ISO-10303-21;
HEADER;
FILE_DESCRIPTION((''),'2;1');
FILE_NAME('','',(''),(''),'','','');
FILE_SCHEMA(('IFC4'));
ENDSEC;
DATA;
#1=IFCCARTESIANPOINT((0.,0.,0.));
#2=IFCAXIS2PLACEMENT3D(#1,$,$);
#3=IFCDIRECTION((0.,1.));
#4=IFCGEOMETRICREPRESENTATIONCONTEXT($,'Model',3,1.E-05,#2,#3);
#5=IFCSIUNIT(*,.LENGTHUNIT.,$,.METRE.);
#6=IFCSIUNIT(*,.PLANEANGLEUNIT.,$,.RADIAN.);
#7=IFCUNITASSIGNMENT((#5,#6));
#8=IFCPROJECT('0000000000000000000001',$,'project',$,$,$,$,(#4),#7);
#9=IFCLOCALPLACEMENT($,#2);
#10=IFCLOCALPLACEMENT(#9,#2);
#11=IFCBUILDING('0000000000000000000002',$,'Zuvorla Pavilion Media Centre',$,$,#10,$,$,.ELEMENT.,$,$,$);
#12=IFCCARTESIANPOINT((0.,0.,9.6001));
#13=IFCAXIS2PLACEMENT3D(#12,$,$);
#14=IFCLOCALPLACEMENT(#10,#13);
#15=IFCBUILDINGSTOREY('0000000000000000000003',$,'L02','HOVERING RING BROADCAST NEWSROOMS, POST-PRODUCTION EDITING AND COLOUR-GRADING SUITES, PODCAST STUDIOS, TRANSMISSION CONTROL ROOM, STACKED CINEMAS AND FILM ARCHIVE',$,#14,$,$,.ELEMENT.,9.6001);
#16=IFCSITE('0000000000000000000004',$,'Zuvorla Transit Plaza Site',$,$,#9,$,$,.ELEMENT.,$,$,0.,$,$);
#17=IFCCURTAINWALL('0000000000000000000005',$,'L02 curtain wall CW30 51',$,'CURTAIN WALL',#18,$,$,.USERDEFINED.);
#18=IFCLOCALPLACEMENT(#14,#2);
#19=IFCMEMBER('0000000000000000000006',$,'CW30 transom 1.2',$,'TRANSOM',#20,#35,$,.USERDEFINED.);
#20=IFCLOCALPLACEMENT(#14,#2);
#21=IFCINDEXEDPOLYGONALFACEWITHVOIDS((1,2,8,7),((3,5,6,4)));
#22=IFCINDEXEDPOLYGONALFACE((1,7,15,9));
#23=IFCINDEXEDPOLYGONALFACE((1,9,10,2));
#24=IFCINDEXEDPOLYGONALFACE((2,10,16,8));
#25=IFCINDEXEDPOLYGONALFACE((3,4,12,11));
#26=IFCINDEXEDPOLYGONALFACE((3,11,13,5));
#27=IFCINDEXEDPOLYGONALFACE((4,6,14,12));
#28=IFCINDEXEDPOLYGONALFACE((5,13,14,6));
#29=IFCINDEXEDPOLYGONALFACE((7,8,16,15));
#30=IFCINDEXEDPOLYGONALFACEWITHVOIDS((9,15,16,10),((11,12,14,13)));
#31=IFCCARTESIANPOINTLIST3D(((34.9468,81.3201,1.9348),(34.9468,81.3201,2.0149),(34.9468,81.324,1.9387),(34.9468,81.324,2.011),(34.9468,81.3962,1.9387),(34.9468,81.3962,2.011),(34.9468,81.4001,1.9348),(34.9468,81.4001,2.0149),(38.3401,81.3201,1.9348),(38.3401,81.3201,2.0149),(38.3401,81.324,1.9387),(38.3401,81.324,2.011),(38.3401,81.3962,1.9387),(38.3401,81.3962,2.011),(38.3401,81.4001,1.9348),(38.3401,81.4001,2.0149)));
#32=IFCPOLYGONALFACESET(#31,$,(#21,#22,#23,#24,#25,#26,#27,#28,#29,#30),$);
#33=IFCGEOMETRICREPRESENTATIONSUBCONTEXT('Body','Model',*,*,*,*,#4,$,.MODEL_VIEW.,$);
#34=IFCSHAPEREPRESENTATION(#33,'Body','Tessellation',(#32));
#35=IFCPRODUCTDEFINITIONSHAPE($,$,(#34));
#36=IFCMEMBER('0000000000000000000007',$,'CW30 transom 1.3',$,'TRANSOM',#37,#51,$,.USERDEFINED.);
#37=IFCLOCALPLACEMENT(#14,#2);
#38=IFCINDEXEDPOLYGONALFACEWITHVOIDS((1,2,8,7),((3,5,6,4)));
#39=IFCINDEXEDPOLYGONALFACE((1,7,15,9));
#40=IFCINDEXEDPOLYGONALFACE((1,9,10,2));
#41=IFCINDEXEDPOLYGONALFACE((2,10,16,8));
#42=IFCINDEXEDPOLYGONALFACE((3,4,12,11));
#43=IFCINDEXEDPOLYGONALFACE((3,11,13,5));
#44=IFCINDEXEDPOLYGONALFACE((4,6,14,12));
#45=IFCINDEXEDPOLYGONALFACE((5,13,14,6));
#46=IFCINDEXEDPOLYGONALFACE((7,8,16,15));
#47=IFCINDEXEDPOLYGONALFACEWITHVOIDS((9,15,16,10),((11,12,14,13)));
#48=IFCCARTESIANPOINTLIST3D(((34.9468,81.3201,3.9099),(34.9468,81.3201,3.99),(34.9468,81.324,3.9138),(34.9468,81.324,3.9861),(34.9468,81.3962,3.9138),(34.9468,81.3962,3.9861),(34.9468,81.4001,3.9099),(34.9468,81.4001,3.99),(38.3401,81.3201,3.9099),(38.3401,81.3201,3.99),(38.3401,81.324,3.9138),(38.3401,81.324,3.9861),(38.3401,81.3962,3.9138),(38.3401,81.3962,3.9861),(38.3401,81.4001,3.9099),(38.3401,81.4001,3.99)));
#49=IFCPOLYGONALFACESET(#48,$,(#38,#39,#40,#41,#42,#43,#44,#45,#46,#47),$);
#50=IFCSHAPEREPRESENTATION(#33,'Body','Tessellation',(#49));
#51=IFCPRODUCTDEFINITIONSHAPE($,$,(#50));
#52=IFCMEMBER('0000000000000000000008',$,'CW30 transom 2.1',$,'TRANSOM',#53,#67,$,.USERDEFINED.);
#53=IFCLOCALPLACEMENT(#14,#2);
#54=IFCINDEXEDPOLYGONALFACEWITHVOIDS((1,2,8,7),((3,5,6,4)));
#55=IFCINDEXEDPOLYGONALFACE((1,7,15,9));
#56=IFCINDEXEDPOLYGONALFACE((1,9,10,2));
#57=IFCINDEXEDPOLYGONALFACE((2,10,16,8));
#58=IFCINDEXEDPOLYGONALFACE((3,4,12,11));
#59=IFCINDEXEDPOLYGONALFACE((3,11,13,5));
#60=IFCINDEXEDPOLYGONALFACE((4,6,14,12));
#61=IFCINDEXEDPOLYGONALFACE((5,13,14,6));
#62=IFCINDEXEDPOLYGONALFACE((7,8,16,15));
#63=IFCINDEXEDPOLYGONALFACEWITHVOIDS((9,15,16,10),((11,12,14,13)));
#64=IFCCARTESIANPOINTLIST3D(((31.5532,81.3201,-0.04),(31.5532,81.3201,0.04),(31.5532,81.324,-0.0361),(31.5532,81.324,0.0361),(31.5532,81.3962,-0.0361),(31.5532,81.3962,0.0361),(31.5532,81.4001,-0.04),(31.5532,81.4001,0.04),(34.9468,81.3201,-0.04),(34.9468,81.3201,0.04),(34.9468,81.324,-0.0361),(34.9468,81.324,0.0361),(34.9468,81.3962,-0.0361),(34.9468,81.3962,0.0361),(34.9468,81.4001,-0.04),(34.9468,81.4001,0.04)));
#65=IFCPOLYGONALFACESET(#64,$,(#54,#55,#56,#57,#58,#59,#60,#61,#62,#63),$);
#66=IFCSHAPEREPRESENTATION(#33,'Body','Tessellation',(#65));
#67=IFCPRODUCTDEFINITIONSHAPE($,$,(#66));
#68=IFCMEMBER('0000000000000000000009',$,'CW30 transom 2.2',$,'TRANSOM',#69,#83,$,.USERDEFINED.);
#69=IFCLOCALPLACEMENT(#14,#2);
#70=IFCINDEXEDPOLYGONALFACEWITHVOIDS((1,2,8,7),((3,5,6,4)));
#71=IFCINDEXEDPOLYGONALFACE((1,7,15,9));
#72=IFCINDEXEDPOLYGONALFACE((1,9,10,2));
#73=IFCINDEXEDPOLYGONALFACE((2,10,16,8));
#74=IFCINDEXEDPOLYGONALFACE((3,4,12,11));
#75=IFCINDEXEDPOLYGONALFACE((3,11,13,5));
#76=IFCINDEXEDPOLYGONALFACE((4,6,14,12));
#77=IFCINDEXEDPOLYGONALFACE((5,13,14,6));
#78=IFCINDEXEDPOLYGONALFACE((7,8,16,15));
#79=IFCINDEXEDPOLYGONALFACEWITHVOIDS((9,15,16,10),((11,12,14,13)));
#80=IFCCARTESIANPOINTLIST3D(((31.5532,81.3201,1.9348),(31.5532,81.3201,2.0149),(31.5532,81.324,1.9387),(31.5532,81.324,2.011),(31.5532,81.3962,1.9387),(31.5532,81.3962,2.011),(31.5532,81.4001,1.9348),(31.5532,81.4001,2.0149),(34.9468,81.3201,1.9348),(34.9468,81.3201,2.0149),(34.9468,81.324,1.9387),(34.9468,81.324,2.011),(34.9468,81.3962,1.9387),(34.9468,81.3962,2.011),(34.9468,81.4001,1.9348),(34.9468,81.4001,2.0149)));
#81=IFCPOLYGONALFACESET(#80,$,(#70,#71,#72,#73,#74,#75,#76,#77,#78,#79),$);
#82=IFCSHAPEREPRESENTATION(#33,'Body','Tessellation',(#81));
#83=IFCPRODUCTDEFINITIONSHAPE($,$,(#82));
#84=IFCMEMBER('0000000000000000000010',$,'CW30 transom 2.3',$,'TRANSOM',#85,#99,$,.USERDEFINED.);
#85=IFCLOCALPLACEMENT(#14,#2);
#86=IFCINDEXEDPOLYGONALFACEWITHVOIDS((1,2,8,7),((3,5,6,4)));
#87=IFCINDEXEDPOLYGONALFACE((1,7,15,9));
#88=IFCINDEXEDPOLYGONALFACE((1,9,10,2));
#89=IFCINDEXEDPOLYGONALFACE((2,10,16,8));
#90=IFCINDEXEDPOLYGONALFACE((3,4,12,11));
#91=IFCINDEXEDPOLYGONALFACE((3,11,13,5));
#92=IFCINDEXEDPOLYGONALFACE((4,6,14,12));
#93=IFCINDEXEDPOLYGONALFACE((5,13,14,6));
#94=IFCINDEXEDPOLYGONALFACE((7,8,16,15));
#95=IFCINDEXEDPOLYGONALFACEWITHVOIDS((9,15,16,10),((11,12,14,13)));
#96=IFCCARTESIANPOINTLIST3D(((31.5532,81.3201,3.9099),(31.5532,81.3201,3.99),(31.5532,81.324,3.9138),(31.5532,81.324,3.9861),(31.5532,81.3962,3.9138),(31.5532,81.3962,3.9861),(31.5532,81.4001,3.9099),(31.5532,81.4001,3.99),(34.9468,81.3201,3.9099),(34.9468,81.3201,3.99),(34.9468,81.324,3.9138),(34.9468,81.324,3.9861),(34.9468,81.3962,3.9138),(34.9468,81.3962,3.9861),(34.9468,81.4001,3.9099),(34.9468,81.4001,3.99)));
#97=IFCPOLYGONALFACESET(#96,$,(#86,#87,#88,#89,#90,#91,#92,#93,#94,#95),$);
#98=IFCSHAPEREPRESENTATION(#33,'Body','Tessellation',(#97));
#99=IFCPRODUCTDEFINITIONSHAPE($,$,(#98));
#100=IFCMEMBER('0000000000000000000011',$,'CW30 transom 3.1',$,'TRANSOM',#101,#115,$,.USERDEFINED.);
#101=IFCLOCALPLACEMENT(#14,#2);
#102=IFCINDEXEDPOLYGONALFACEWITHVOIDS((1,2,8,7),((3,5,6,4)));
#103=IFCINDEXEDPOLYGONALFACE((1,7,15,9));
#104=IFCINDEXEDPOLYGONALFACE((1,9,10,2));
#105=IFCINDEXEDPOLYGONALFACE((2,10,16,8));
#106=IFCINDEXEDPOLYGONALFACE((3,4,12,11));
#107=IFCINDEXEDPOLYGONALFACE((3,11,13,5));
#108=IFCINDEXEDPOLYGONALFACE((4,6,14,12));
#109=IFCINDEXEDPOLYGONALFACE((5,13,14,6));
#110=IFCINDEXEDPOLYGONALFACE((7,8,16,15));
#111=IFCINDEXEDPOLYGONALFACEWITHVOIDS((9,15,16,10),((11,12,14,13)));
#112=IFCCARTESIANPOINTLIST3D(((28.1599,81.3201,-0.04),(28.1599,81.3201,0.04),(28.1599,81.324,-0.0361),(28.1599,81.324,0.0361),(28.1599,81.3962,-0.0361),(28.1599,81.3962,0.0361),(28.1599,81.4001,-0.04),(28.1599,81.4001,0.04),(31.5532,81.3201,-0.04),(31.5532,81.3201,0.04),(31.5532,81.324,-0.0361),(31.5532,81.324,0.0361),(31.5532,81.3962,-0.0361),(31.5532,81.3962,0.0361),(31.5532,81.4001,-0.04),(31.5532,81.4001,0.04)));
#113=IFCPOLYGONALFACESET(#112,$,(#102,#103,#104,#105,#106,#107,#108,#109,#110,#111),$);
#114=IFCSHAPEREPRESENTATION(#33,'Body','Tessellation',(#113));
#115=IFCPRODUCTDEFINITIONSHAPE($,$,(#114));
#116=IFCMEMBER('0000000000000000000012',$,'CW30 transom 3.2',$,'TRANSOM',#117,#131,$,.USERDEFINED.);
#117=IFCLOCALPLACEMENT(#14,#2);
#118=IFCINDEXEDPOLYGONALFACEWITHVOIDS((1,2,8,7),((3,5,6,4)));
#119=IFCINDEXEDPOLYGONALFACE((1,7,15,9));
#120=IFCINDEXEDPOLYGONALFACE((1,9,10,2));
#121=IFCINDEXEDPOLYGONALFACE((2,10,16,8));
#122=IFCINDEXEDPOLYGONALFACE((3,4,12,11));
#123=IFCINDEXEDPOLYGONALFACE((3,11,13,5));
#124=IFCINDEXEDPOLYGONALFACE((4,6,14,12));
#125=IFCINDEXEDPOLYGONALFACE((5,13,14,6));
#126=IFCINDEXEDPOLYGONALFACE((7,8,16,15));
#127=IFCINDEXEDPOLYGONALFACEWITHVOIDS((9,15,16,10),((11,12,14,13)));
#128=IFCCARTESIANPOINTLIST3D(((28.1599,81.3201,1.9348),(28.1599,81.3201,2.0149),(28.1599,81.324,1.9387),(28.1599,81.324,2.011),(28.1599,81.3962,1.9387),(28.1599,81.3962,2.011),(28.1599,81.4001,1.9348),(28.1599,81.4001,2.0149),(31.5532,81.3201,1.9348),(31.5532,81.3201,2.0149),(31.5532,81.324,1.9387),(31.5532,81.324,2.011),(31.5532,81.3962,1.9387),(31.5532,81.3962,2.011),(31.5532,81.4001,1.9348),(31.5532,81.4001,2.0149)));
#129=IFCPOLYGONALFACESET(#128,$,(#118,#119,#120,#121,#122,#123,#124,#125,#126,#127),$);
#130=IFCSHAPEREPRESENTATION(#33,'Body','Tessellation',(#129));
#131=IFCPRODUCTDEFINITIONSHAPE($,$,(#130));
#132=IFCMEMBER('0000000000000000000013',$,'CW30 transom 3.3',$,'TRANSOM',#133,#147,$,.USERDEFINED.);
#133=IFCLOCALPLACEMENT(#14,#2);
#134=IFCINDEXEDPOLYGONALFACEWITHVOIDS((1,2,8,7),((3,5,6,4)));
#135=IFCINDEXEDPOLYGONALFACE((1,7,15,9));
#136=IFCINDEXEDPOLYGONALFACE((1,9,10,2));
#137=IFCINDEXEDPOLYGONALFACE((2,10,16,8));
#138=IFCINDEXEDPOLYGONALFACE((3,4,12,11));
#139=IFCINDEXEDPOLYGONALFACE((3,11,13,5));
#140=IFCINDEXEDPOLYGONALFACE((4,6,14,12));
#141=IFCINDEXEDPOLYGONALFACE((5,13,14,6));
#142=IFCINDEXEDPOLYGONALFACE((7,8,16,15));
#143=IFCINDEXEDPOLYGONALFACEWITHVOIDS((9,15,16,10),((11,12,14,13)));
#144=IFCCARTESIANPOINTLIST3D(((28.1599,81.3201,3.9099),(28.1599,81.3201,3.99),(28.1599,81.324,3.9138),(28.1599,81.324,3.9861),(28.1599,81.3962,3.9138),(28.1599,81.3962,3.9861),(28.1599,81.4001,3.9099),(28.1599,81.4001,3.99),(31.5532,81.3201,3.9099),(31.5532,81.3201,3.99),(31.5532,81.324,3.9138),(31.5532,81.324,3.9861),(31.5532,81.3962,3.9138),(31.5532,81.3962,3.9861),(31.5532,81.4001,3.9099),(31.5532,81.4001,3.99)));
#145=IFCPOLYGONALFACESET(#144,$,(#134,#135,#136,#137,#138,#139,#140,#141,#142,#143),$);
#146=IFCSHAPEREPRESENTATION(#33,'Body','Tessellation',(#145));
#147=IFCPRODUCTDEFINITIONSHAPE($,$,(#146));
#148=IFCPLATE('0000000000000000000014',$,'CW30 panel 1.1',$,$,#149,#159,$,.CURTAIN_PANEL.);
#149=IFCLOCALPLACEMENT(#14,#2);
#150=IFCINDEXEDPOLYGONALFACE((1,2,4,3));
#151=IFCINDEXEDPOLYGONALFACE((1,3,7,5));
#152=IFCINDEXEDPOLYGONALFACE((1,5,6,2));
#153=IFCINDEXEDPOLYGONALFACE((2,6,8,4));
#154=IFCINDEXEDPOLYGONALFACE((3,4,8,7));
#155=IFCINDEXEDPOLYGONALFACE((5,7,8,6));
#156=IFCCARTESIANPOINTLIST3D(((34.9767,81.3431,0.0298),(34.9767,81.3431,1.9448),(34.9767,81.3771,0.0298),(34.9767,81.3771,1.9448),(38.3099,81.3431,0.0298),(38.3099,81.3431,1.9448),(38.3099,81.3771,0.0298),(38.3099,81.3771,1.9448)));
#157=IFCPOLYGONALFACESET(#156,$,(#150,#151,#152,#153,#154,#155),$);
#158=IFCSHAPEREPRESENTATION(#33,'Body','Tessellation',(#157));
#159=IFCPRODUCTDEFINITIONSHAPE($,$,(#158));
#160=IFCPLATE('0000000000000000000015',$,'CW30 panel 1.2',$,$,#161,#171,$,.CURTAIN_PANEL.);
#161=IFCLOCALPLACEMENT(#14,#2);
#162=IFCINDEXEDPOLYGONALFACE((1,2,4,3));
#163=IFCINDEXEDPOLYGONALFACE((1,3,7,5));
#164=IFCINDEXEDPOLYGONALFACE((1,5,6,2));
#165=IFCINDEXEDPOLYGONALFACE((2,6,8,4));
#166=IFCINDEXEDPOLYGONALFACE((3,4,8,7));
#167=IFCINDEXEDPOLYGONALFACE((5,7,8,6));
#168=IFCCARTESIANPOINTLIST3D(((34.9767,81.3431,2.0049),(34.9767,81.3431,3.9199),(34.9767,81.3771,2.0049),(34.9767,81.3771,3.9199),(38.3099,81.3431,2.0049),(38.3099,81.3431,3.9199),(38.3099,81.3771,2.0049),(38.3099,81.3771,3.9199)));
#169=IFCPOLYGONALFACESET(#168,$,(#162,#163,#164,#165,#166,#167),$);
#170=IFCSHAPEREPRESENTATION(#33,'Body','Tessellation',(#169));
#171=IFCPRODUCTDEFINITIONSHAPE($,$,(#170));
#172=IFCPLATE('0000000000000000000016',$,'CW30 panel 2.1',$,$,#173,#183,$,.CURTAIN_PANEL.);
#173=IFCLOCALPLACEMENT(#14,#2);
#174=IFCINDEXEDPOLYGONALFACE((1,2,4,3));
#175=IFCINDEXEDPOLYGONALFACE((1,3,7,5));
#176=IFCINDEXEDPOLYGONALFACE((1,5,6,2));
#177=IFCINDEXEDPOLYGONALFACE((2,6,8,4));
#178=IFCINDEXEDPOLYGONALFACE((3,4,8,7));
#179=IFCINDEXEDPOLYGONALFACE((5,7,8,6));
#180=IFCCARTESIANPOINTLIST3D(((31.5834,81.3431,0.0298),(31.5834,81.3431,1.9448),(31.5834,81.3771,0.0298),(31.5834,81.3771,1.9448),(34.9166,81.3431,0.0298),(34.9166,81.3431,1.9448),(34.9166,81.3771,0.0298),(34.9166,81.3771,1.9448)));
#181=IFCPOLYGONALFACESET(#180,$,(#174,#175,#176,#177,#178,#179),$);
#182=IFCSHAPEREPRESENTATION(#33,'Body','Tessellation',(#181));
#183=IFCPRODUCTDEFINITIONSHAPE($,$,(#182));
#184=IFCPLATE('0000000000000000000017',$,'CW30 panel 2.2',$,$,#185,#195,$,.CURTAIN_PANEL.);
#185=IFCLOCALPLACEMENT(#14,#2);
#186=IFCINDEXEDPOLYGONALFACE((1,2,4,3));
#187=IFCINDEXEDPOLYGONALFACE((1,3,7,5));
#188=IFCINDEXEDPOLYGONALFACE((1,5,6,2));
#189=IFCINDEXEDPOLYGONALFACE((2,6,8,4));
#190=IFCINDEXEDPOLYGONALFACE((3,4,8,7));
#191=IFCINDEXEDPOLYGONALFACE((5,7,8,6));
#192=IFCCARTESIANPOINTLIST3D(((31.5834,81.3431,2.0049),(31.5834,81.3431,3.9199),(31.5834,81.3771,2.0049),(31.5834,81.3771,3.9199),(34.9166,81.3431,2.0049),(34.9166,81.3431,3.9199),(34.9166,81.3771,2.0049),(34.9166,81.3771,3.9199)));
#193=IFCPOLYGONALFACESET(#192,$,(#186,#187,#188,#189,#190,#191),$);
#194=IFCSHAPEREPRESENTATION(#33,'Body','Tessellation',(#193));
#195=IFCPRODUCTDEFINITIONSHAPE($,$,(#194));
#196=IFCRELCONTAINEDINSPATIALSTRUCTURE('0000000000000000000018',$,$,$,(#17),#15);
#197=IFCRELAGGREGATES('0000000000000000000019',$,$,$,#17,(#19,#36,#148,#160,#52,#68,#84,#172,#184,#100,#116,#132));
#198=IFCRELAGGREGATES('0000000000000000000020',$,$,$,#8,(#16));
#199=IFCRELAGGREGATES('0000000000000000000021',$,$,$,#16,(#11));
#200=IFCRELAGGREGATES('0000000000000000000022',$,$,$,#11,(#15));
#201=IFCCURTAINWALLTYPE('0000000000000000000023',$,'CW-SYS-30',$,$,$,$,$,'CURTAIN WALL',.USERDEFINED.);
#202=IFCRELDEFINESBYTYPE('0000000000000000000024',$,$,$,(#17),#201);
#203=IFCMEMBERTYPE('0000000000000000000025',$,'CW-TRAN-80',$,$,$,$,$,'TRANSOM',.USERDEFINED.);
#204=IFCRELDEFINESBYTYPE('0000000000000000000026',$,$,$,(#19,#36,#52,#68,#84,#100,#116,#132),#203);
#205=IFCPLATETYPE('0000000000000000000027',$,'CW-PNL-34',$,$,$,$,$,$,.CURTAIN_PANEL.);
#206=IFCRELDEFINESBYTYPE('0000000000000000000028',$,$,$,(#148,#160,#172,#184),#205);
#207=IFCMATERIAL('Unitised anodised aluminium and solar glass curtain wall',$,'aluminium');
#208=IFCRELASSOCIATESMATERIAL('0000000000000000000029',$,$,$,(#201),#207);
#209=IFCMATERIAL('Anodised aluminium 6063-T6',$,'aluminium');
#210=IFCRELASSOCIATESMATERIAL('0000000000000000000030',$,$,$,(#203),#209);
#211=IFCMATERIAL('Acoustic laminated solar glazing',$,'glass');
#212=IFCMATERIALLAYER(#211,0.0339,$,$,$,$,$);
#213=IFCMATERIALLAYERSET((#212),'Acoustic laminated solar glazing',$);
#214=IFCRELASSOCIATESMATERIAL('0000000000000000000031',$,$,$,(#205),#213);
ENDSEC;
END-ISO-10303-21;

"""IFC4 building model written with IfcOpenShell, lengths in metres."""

from ifc_helpers import new_model, si_unit, direction, frame, origin, origin_2d, place, context, subcontext, project, spatial, rectangle, hollow_rectangle, extrude, material, layer, layer_set, material_profile, profile_set, type_object, element, aggregate, save


model = new_model("IFC4")

# Units and contexts
model_context = context("Model", 3, precision=1e-05, world=origin(), true_north=direction((0.0, 1.0)))
body_context = subcontext(model_context, "Body", "Model", "MODEL_VIEW")
ifc_project = project(units=[si_unit("LENGTHUNIT", "METRE"), si_unit("PLANEANGLEUNIT", "RADIAN")], contexts=[model_context])

# Site, building, storey
site_placement = place(None, origin())
site = spatial("IfcSite", under=ifc_project, at=site_placement, Name="Zuvorla Transit Plaza Site", CompositionType="ELEMENT", RefElevation=0.0)
building_placement = place(site_placement, origin())
building = spatial("IfcBuilding", under=site, at=building_placement, Name="Zuvorla Pavilion Media Centre", CompositionType="ELEMENT")
storey_placement = place(building_placement, frame((0.0, 0.0, 9.6001)))
storey = spatial("IfcBuildingStorey", under=building, at=storey_placement, Name="L02", Description="HOVERING RING BROADCAST NEWSROOMS, POST-PRODUCTION EDITING AND COLOUR-GRADING SUITES, PODCAST STUDIOS, TRANSMISSION CONTROL ROOM, STACKED CINEMAS AND FILM ARCHIVE", CompositionType="ELEMENT", Elevation=9.6001)

# Curtain wall
ifc_material_1 = material(Name="Unitised anodised aluminium and solar glass curtain wall", Category="aluminium")
curtain_wall_type_1 = type_object("IfcCurtainWallType", Name="CW-SYS-30", ElementType="CURTAIN WALL", PredefinedType="USERDEFINED", material=ifc_material_1)
curtain_wall_1_placement = place(storey_placement, origin())
curtain_wall_1 = element("IfcCurtainWall", 1, at=curtain_wall_1_placement, inside=storey, type_object=curtain_wall_type_1, Name="L02 curtain wall CW30 51", ObjectType="CURTAIN WALL", PredefinedType="USERDEFINED")
ifc_material_2 = material(Name="Anodised aluminium 6063-T6", Category="aluminium")

# Members
ifc_material_profile_1 = material_profile(ifc_material_2, hollow_rectangle(XDim=0.0801, YDim=0.0801, WallThickness=0.0039, at=origin_2d()), Name="ALU TRAN 80x80")
ifc_profile_set_1 = profile_set([ifc_material_profile_1], Name="Anodised aluminium 6063-T6")
member_type_1 = type_object("IfcMemberType", Name="CW-TRAN-80", ElementType="TRANSOM", PredefinedType="USERDEFINED", material=ifc_profile_set_1)
member_1_placement = place(storey_placement, frame((38.3401, 81.3601, 1.9749), z_axis=(-1.0, 0.0, 0.0), x_axis=(0.0, -1.0, 0.0)))
member_1 = element("IfcMember", 2, at=member_1_placement, type_object=member_type_1, Name="CW30 transom 1.2", ObjectType="TRANSOM", PredefinedType="USERDEFINED", context=body_context, shape_type="SweptSolid", body=[
    extrude(hollow_rectangle(XDim=0.0801, YDim=0.0801, WallThickness=0.0039, at=origin_2d()), origin(), (0.0, 0.0, 1.0), 3.3933),
])
member_2_placement = place(storey_placement, frame((38.3401, 81.3601, 3.95), z_axis=(-1.0, 0.0, 0.0), x_axis=(0.0, -1.0, 0.0)))
member_2 = element("IfcMember", 3, at=member_2_placement, type_object=member_type_1, Name="CW30 transom 1.3", ObjectType="TRANSOM", PredefinedType="USERDEFINED", context=body_context, shape_type="SweptSolid", body=[
    extrude(hollow_rectangle(XDim=0.0801, YDim=0.0801, WallThickness=0.0039, at=origin_2d()), origin(), (0.0, 0.0, 1.0), 3.3933),
])
member_3_placement = place(storey_placement, frame((34.9468, 81.3601, 0.0), z_axis=(-1.0, 0.0, 0.0), x_axis=(0.0, -1.0, 0.0)))
member_3 = element("IfcMember", 4, at=member_3_placement, type_object=member_type_1, Name="CW30 transom 2.1", ObjectType="TRANSOM", PredefinedType="USERDEFINED", context=body_context, shape_type="SweptSolid", body=[
    extrude(hollow_rectangle(XDim=0.0801, YDim=0.0801, WallThickness=0.0039, at=origin_2d()), origin(), (0.0, 0.0, 1.0), 3.3936),
])
member_4_placement = place(storey_placement, frame((34.9468, 81.3601, 1.9749), z_axis=(-1.0, 0.0, 0.0), x_axis=(0.0, -1.0, 0.0)))
member_4 = element("IfcMember", 5, at=member_4_placement, type_object=member_type_1, Name="CW30 transom 2.2", ObjectType="TRANSOM", PredefinedType="USERDEFINED", context=body_context, shape_type="SweptSolid", body=[
    extrude(hollow_rectangle(XDim=0.0801, YDim=0.0801, WallThickness=0.0039, at=origin_2d()), origin(), (0.0, 0.0, 1.0), 3.3936),
])
member_5_placement = place(storey_placement, frame((34.9468, 81.3601, 3.95), z_axis=(-1.0, 0.0, 0.0), x_axis=(0.0, -1.0, 0.0)))
member_5 = element("IfcMember", 6, at=member_5_placement, type_object=member_type_1, Name="CW30 transom 2.3", ObjectType="TRANSOM", PredefinedType="USERDEFINED", context=body_context, shape_type="SweptSolid", body=[
    extrude(hollow_rectangle(XDim=0.0801, YDim=0.0801, WallThickness=0.0039, at=origin_2d()), origin(), (0.0, 0.0, 1.0), 3.3936),
])
member_6_placement = place(storey_placement, frame((31.5532, 81.3601, 0.0), z_axis=(-1.0, 0.0, 0.0), x_axis=(0.0, -1.0, 0.0)))
member_6 = element("IfcMember", 7, at=member_6_placement, type_object=member_type_1, Name="CW30 transom 3.1", ObjectType="TRANSOM", PredefinedType="USERDEFINED", context=body_context, shape_type="SweptSolid", body=[
    extrude(hollow_rectangle(XDim=0.0801, YDim=0.0801, WallThickness=0.0039, at=origin_2d()), origin(), (0.0, 0.0, 1.0), 3.3933),
])
member_7_placement = place(storey_placement, frame((31.5532, 81.3601, 1.9749), z_axis=(-1.0, 0.0, 0.0), x_axis=(0.0, -1.0, 0.0)))
member_7 = element("IfcMember", 8, at=member_7_placement, type_object=member_type_1, Name="CW30 transom 3.2", ObjectType="TRANSOM", PredefinedType="USERDEFINED", context=body_context, shape_type="SweptSolid", body=[
    extrude(hollow_rectangle(XDim=0.0801, YDim=0.0801, WallThickness=0.0039, at=origin_2d()), origin(), (0.0, 0.0, 1.0), 3.3933),
])
member_8_placement = place(storey_placement, frame((31.5532, 81.3601, 3.95), z_axis=(-1.0, 0.0, 0.0), x_axis=(0.0, -1.0, 0.0)))
member_8 = element("IfcMember", 9, at=member_8_placement, type_object=member_type_1, Name="CW30 transom 3.3", ObjectType="TRANSOM", PredefinedType="USERDEFINED", context=body_context, shape_type="SweptSolid", body=[
    extrude(hollow_rectangle(XDim=0.0801, YDim=0.0801, WallThickness=0.0039, at=origin_2d()), origin(), (0.0, 0.0, 1.0), 3.3933),
])

# Plates
ifc_material_3 = material(Name="Acoustic laminated solar glazing", Category="glass")
ifc_layer_1 = layer(ifc_material_3, 0.0339)
ifc_layer_set_1 = layer_set([ifc_layer_1], Name="Acoustic laminated solar glazing")
plate_type_1 = type_object("IfcPlateType", Name="CW-PNL-34", PredefinedType="CURTAIN_PANEL", material=ifc_layer_set_1)
plate_1_placement = place(storey_placement, frame((36.6433, 81.3601, 0.0298), z_axis=(0.0, 0.0, 1.0), x_axis=(-1.0, 0.0, 0.0)))
plate_1 = element("IfcPlate", 10, at=plate_1_placement, type_object=plate_type_1, Name="CW30 panel 1.1", PredefinedType="CURTAIN_PANEL", context=body_context, shape_type="SweptSolid", body=[
    extrude(rectangle(XDim=3.3333, YDim=0.0339, at=origin_2d()), origin(), (0.0, 0.0, 1.0), 1.915),
])
plate_2_placement = place(storey_placement, frame((36.6433, 81.3601, 2.0049), z_axis=(0.0, 0.0, 1.0), x_axis=(-1.0, 0.0, 0.0)))
plate_2 = element("IfcPlate", 11, at=plate_2_placement, type_object=plate_type_1, Name="CW30 panel 1.2", PredefinedType="CURTAIN_PANEL", context=body_context, shape_type="SweptSolid", body=[
    extrude(rectangle(XDim=3.3333, YDim=0.0339, at=origin_2d()), origin(), (0.0, 0.0, 1.0), 1.915),
])
plate_3_placement = place(storey_placement, frame((33.25, 81.3601, 0.0298), z_axis=(0.0, 0.0, 1.0), x_axis=(-1.0, 0.0, 0.0)))
plate_3 = element("IfcPlate", 12, at=plate_3_placement, type_object=plate_type_1, Name="CW30 panel 2.1", PredefinedType="CURTAIN_PANEL", context=body_context, shape_type="SweptSolid", body=[
    extrude(rectangle(XDim=3.3333, YDim=0.0339, at=origin_2d()), origin(), (0.0, 0.0, 1.0), 1.915),
])
plate_4_placement = place(storey_placement, frame((33.25, 81.3601, 2.0049), z_axis=(0.0, 0.0, 1.0), x_axis=(-1.0, 0.0, 0.0)))
plate_4 = element("IfcPlate", 13, at=plate_4_placement, type_object=plate_type_1, Name="CW30 panel 2.2", PredefinedType="CURTAIN_PANEL", context=body_context, shape_type="SweptSolid", body=[
    extrude(rectangle(XDim=3.3333, YDim=0.0339, at=origin_2d()), origin(), (0.0, 0.0, 1.0), 1.915),
])
aggregate(curtain_wall_1, [member_1, member_2, plate_1, plate_2, member_3, member_4, member_5, plate_3, plate_4, member_6, member_7, member_8])

save(model, "model.ifc")
